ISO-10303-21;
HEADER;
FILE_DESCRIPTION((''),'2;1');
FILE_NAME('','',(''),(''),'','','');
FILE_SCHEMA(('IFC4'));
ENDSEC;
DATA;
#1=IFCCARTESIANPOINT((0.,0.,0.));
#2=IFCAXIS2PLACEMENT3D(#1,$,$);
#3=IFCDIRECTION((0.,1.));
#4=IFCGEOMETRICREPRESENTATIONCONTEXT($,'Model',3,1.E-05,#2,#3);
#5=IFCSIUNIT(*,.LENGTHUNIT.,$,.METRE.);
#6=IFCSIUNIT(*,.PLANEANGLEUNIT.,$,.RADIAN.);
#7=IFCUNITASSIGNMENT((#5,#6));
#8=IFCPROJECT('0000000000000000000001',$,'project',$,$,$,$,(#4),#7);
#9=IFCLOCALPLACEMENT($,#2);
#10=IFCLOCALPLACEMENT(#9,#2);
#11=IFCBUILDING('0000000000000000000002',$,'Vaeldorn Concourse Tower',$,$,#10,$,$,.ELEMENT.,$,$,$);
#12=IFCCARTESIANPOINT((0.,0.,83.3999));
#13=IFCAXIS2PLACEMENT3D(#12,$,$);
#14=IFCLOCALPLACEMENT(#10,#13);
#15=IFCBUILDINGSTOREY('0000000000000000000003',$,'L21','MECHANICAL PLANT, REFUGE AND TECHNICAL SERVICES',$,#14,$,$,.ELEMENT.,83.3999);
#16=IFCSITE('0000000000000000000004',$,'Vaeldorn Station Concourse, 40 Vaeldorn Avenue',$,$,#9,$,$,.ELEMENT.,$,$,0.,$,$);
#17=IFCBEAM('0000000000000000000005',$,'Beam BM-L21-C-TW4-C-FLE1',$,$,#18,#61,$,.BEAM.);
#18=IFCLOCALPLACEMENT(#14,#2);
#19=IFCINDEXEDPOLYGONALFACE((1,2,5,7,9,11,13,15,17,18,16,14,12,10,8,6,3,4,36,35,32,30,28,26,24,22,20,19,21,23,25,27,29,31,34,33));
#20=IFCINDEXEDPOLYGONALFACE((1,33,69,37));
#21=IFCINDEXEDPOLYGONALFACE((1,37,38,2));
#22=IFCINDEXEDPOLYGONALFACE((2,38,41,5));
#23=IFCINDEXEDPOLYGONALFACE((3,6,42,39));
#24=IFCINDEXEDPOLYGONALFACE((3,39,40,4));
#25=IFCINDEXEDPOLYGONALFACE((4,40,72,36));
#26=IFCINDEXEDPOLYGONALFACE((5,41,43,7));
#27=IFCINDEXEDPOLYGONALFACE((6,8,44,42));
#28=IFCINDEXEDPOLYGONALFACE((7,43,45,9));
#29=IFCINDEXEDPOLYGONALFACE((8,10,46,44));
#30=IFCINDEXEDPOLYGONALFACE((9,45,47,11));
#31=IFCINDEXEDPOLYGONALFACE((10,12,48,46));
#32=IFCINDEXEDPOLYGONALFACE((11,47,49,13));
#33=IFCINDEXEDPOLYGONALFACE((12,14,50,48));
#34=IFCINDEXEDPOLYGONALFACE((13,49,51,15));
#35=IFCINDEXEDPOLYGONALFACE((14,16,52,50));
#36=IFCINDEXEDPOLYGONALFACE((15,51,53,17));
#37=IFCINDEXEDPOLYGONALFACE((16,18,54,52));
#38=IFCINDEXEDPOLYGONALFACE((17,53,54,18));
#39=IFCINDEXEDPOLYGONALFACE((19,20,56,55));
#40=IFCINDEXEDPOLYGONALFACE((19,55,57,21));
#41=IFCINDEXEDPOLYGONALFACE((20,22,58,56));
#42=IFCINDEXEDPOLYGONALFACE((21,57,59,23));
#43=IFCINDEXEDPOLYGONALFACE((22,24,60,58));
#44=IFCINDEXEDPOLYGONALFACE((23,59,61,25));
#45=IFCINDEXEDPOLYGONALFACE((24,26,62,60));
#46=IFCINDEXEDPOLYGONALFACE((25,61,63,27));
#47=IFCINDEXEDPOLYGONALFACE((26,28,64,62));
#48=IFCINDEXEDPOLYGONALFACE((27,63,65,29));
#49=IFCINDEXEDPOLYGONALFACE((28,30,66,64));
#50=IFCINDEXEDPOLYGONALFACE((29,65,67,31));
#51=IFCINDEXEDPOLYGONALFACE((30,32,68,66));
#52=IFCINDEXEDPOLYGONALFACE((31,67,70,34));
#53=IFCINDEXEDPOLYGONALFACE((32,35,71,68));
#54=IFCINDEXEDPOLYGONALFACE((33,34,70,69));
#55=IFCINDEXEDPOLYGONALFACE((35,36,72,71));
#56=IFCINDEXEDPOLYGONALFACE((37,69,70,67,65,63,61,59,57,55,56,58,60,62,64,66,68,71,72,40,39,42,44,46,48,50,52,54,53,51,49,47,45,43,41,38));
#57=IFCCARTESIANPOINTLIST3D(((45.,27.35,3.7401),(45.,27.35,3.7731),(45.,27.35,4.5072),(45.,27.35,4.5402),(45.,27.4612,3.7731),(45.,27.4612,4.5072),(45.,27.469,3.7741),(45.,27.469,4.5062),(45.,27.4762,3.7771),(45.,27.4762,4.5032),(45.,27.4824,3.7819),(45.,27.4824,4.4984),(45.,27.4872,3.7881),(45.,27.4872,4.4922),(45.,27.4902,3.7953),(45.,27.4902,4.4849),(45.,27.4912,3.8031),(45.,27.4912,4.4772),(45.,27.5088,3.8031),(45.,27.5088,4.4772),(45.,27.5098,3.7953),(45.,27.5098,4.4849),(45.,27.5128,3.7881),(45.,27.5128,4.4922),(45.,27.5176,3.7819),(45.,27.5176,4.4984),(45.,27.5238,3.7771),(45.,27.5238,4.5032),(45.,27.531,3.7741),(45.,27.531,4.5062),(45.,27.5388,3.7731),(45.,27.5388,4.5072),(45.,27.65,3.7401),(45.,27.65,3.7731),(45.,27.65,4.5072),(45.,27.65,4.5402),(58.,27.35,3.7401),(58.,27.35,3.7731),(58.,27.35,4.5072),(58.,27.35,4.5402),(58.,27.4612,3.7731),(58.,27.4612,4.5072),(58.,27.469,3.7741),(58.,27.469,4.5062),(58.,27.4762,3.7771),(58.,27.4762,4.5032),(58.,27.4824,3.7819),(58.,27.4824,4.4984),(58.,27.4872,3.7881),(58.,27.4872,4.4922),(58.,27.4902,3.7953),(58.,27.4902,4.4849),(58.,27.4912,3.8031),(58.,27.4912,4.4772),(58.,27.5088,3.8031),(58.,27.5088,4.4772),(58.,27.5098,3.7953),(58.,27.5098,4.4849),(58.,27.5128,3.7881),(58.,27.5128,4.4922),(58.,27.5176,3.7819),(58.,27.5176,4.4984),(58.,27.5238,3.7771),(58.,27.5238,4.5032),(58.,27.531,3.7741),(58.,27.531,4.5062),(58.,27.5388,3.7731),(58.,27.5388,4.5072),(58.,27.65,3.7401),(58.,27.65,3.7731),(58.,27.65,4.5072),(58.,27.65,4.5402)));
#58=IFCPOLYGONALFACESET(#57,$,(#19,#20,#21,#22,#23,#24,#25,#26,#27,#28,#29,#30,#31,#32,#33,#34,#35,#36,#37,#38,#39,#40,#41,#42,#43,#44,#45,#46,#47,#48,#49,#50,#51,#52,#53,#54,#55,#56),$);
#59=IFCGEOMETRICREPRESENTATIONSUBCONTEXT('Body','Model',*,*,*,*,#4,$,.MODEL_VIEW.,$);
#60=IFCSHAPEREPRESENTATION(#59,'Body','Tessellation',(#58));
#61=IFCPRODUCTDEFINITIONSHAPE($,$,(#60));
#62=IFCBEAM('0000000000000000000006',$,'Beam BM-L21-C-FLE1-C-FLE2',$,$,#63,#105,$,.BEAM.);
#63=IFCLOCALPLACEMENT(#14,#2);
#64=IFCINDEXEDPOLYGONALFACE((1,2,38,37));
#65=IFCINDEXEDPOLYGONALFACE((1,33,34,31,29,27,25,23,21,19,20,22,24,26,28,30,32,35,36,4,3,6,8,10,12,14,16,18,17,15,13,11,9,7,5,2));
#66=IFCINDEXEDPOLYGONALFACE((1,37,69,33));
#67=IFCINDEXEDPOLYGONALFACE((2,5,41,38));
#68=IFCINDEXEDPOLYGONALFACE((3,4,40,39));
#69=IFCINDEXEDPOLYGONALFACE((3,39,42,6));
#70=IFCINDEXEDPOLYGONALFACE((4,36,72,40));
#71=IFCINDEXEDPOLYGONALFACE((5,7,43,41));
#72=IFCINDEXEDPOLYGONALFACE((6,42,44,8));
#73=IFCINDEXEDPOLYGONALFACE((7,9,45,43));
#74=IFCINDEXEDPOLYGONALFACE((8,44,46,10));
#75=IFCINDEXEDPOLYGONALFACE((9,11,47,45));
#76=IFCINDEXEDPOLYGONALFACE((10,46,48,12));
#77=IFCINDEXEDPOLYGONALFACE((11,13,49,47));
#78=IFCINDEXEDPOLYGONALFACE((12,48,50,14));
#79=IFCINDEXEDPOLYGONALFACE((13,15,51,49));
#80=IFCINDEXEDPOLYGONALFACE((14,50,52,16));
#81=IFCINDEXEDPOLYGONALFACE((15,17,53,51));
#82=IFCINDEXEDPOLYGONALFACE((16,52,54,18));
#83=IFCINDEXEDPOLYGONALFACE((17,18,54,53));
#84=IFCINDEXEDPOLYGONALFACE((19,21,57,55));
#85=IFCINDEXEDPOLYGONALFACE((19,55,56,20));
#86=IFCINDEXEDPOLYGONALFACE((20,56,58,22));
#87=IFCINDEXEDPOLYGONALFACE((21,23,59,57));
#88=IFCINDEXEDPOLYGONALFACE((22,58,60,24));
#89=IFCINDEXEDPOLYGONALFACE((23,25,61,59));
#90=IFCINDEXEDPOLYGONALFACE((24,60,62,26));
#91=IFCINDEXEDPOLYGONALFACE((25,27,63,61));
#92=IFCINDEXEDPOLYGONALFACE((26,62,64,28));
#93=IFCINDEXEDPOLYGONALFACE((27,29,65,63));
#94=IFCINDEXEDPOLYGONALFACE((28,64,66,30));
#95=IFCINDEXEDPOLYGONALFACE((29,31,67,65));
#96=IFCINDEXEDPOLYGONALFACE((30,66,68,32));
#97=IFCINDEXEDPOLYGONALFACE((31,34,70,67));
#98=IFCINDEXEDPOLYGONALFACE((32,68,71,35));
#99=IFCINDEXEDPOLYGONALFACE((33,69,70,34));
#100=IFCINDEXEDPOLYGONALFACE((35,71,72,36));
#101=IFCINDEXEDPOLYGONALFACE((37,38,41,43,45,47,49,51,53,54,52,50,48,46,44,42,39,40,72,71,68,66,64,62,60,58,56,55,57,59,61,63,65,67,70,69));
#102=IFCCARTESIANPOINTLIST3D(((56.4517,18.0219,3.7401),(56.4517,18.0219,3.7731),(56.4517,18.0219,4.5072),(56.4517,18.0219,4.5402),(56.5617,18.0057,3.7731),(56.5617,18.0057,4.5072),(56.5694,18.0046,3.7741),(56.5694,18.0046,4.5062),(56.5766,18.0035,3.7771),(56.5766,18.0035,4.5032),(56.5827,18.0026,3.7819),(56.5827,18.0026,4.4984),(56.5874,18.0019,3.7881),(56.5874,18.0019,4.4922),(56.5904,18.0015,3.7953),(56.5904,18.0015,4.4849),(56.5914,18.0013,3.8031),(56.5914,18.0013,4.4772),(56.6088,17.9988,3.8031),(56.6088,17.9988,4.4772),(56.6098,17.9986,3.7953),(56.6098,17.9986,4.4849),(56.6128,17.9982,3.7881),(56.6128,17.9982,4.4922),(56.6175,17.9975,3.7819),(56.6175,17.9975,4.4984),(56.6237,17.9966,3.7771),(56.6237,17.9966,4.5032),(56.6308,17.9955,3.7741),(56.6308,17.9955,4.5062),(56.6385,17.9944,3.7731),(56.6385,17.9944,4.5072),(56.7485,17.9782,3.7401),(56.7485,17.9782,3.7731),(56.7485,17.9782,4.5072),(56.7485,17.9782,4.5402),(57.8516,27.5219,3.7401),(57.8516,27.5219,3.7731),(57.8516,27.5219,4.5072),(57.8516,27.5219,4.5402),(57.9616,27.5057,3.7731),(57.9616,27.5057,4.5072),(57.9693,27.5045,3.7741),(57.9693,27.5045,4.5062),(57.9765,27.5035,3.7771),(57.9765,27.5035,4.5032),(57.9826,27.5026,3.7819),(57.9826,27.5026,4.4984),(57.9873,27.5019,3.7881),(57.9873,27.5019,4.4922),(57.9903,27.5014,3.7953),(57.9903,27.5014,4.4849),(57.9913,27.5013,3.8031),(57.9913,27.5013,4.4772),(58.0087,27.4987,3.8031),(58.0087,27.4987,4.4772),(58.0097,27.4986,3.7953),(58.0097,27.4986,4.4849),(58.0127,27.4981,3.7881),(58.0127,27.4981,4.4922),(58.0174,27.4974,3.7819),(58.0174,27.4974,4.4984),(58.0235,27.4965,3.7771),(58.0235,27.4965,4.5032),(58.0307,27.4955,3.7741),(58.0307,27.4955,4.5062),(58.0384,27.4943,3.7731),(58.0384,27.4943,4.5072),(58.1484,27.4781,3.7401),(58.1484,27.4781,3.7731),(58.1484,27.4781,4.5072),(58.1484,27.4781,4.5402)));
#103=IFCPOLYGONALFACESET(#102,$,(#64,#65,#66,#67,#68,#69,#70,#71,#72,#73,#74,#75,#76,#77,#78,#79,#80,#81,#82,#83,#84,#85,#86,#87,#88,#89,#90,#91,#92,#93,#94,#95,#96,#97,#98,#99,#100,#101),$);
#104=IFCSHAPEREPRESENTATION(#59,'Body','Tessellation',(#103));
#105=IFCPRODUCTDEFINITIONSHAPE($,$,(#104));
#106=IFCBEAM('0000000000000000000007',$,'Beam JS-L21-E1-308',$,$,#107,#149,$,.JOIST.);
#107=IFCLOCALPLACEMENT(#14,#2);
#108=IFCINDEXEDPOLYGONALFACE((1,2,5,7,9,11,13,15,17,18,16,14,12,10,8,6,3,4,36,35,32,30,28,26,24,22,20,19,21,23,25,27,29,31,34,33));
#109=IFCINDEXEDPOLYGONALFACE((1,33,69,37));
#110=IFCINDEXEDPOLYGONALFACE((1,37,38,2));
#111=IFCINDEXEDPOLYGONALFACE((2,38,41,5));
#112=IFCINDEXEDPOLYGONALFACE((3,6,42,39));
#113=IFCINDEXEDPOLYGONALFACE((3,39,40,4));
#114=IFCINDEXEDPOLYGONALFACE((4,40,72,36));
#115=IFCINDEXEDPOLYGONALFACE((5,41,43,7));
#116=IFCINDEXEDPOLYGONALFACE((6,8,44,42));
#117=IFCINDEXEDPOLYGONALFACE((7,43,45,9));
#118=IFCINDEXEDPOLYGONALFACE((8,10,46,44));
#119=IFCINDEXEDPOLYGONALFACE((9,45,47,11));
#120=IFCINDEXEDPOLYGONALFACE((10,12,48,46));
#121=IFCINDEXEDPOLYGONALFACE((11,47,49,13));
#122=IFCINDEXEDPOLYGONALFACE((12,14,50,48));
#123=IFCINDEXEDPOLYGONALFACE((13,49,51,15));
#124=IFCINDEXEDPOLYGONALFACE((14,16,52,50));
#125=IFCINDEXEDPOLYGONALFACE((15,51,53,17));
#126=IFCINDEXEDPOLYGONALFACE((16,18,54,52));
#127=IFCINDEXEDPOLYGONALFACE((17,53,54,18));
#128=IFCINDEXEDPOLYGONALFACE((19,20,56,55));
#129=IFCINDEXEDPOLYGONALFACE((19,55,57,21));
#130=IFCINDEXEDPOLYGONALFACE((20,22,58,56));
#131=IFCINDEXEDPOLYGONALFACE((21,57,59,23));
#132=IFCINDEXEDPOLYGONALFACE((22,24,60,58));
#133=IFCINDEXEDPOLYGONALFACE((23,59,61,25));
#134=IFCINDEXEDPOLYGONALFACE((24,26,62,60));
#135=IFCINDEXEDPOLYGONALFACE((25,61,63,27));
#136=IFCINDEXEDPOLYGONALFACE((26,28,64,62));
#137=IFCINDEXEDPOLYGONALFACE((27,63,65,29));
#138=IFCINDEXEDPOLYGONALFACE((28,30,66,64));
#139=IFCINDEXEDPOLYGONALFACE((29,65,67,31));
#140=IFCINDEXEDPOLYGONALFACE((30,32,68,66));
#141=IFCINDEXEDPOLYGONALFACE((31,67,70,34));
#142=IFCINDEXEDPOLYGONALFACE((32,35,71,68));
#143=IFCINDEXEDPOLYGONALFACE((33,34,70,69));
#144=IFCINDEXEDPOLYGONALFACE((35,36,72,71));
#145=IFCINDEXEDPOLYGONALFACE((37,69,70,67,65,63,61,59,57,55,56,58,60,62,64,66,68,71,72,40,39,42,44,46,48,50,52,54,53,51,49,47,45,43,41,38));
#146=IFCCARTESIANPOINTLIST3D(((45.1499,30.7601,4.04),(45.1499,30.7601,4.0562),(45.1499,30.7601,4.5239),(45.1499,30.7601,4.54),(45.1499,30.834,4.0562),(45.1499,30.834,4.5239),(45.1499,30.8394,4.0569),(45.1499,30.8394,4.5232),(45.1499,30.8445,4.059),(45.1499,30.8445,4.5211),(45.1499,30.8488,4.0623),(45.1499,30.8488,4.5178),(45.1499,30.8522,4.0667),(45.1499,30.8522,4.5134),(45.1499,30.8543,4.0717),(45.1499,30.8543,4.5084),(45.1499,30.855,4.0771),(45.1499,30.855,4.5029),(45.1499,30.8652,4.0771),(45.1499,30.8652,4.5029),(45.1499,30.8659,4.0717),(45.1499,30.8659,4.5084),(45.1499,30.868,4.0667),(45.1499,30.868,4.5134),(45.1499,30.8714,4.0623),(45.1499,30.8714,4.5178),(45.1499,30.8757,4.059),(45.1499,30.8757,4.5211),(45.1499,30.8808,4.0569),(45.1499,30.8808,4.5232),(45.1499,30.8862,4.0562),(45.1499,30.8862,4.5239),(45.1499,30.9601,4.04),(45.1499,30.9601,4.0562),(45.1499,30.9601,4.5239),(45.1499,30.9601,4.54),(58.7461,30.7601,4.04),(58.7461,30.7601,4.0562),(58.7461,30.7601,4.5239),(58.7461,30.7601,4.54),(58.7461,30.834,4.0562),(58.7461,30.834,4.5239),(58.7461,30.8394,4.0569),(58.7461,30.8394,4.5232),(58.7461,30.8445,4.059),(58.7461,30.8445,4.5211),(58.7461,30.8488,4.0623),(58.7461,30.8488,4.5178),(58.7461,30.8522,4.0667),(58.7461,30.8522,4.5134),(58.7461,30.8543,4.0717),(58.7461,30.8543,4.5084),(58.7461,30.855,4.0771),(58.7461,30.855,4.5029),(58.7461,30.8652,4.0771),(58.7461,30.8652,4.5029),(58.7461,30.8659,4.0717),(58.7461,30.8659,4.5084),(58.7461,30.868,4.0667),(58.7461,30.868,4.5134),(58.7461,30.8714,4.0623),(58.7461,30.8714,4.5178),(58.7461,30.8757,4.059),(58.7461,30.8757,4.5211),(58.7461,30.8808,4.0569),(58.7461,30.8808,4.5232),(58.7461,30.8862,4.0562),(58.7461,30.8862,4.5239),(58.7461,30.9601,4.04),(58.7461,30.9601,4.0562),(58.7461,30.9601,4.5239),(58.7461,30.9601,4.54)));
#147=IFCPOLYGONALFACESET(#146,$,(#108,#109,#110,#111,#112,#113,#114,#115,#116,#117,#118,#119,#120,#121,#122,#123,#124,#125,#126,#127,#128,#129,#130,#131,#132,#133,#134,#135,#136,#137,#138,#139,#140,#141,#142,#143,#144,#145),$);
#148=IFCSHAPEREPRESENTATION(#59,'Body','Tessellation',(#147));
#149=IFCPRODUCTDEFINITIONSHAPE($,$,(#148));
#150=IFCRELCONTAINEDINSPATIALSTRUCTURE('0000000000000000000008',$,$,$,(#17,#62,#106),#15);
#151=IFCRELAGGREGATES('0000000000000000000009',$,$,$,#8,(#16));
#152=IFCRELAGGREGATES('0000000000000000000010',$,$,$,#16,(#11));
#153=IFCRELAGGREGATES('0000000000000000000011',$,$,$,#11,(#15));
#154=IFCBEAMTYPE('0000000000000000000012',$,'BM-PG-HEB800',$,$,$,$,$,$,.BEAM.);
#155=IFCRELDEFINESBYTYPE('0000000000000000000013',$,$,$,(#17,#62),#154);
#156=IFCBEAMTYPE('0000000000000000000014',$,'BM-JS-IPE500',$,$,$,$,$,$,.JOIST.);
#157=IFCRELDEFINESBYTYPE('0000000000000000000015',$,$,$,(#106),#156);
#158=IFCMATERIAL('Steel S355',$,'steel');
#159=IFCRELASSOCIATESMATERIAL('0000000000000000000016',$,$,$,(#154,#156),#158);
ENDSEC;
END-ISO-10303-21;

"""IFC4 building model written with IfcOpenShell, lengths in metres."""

from ifc_helpers import new_model, si_unit, direction, frame, origin, origin_2d, place, context, subcontext, project, spatial, i_section, extrude, source, transform, mapped, material, material_profile, profile_set, type_object, element, save


model = new_model("IFC4")

# Units and contexts
model_context = context("Model", 3, precision=1e-05, world=origin(), true_north=direction((0.0, 1.0)))
body_context = subcontext(model_context, "Body", "Model", "MODEL_VIEW")
ifc_project = project(units=[si_unit("LENGTHUNIT", "METRE"), si_unit("PLANEANGLEUNIT", "RADIAN")], contexts=[model_context])

# Site, building, storey
site_placement = place(None, origin())
site = spatial("IfcSite", under=ifc_project, at=site_placement, Name="Vaeldorn Station Concourse, 40 Vaeldorn Avenue", CompositionType="ELEMENT", RefElevation=0.0)
building_placement = place(site_placement, origin())
building = spatial("IfcBuilding", under=site, at=building_placement, Name="Vaeldorn Concourse Tower", CompositionType="ELEMENT")
storey_placement = place(building_placement, frame((0.0, 0.0, 83.3999)))
storey = spatial("IfcBuildingStorey", under=building, at=storey_placement, Name="L21", Description="MECHANICAL PLANT, REFUGE AND TECHNICAL SERVICES", CompositionType="ELEMENT", Elevation=83.3999)

# Beams
ifc_material_1 = material(Name="Steel S355", Category="steel")
ifc_material_profile_1 = material_profile(ifc_material_1, i_section(OverallWidth=0.3, OverallDepth=0.8, WebThickness=0.0176, FlangeThickness=0.033, FilletRadius=0.03, at=origin_2d()), Name="HEB 800")
ifc_profile_set_1 = profile_set([ifc_material_profile_1], Name="Steel S355")
beam_type_1 = type_object("IfcBeamType", Name="BM-PG-HEB800", PredefinedType="BEAM", material=ifc_profile_set_1)
shared_shape_1 = source(origin(), body_context, "Body", "SweptSolid", [
    extrude(i_section(OverallWidth=0.3, OverallDepth=0.8, WebThickness=0.0176, FlangeThickness=0.033, FilletRadius=0.03, at=origin_2d()), origin(), (0.0, 0.0, 1.0), 13.0),
])
beam_1_placement = place(storey_placement, frame((45.0, 27.5, 4.1401), z_axis=(1.0, 0.0, 0.0), x_axis=(0.0, 1.0, 0.0)))
element("IfcBeam", 1, at=beam_1_placement, inside=storey, type_object=beam_type_1, Name="Beam BM-L21-C-TW4-C-FLE1", PredefinedType="BEAM", context=body_context, shape_type="MappedRepresentation", body=[
    mapped(shared_shape_1, transform((0.0, 0.0, 0.0), scale=1.0)),
])
shared_shape_2 = source(origin(), body_context, "Body", "SweptSolid", [
    extrude(i_section(OverallWidth=0.3, OverallDepth=0.8, WebThickness=0.0176, FlangeThickness=0.033, FilletRadius=0.03, at=origin_2d()), origin(), (0.0, 0.0, 1.0), 9.6025),
])
beam_2_placement = place(storey_placement, frame((58.0, 27.5, 4.1401), z_axis=(-0.145784, -0.989316, 0.0), x_axis=(0.989316, -0.145784, 0.0)))
element("IfcBeam", 2, at=beam_2_placement, inside=storey, type_object=beam_type_1, Name="Beam BM-L21-C-FLE1-C-FLE2", PredefinedType="BEAM", context=body_context, shape_type="MappedRepresentation", body=[
    mapped(shared_shape_2, transform((0.0, 0.0, 0.0), scale=1.0)),
])
ifc_material_profile_2 = material_profile(ifc_material_1, i_section(OverallWidth=0.2, OverallDepth=0.5, WebThickness=0.0103, FlangeThickness=0.0161, FilletRadius=0.021, at=origin_2d()), Name="IPE 500")
ifc_profile_set_2 = profile_set([ifc_material_profile_2], Name="Steel S355")
beam_type_2 = type_object("IfcBeamType", Name="BM-JS-IPE500", PredefinedType="JOIST", material=ifc_profile_set_2)
shared_shape_3 = source(origin(), body_context, "Body", "SweptSolid", [
    extrude(i_section(OverallWidth=0.2, OverallDepth=0.5, WebThickness=0.0103, FlangeThickness=0.0161, FilletRadius=0.021, at=origin_2d()), origin(), (0.0, 0.0, 1.0), 13.5962),
])
beam_3_placement = place(storey_placement, frame((45.1499, 30.8601, 4.29), z_axis=(1.0, 0.0, 0.0), x_axis=(0.0, 1.0, 0.0)))
element("IfcBeam", 3, at=beam_3_placement, inside=storey, type_object=beam_type_2, Name="Beam JS-L21-E1-308", PredefinedType="JOIST", context=body_context, shape_type="MappedRepresentation", body=[
    mapped(shared_shape_3, transform((0.0, 0.0, 0.0), scale=1.0)),
])

save(model, "model.ifc")
